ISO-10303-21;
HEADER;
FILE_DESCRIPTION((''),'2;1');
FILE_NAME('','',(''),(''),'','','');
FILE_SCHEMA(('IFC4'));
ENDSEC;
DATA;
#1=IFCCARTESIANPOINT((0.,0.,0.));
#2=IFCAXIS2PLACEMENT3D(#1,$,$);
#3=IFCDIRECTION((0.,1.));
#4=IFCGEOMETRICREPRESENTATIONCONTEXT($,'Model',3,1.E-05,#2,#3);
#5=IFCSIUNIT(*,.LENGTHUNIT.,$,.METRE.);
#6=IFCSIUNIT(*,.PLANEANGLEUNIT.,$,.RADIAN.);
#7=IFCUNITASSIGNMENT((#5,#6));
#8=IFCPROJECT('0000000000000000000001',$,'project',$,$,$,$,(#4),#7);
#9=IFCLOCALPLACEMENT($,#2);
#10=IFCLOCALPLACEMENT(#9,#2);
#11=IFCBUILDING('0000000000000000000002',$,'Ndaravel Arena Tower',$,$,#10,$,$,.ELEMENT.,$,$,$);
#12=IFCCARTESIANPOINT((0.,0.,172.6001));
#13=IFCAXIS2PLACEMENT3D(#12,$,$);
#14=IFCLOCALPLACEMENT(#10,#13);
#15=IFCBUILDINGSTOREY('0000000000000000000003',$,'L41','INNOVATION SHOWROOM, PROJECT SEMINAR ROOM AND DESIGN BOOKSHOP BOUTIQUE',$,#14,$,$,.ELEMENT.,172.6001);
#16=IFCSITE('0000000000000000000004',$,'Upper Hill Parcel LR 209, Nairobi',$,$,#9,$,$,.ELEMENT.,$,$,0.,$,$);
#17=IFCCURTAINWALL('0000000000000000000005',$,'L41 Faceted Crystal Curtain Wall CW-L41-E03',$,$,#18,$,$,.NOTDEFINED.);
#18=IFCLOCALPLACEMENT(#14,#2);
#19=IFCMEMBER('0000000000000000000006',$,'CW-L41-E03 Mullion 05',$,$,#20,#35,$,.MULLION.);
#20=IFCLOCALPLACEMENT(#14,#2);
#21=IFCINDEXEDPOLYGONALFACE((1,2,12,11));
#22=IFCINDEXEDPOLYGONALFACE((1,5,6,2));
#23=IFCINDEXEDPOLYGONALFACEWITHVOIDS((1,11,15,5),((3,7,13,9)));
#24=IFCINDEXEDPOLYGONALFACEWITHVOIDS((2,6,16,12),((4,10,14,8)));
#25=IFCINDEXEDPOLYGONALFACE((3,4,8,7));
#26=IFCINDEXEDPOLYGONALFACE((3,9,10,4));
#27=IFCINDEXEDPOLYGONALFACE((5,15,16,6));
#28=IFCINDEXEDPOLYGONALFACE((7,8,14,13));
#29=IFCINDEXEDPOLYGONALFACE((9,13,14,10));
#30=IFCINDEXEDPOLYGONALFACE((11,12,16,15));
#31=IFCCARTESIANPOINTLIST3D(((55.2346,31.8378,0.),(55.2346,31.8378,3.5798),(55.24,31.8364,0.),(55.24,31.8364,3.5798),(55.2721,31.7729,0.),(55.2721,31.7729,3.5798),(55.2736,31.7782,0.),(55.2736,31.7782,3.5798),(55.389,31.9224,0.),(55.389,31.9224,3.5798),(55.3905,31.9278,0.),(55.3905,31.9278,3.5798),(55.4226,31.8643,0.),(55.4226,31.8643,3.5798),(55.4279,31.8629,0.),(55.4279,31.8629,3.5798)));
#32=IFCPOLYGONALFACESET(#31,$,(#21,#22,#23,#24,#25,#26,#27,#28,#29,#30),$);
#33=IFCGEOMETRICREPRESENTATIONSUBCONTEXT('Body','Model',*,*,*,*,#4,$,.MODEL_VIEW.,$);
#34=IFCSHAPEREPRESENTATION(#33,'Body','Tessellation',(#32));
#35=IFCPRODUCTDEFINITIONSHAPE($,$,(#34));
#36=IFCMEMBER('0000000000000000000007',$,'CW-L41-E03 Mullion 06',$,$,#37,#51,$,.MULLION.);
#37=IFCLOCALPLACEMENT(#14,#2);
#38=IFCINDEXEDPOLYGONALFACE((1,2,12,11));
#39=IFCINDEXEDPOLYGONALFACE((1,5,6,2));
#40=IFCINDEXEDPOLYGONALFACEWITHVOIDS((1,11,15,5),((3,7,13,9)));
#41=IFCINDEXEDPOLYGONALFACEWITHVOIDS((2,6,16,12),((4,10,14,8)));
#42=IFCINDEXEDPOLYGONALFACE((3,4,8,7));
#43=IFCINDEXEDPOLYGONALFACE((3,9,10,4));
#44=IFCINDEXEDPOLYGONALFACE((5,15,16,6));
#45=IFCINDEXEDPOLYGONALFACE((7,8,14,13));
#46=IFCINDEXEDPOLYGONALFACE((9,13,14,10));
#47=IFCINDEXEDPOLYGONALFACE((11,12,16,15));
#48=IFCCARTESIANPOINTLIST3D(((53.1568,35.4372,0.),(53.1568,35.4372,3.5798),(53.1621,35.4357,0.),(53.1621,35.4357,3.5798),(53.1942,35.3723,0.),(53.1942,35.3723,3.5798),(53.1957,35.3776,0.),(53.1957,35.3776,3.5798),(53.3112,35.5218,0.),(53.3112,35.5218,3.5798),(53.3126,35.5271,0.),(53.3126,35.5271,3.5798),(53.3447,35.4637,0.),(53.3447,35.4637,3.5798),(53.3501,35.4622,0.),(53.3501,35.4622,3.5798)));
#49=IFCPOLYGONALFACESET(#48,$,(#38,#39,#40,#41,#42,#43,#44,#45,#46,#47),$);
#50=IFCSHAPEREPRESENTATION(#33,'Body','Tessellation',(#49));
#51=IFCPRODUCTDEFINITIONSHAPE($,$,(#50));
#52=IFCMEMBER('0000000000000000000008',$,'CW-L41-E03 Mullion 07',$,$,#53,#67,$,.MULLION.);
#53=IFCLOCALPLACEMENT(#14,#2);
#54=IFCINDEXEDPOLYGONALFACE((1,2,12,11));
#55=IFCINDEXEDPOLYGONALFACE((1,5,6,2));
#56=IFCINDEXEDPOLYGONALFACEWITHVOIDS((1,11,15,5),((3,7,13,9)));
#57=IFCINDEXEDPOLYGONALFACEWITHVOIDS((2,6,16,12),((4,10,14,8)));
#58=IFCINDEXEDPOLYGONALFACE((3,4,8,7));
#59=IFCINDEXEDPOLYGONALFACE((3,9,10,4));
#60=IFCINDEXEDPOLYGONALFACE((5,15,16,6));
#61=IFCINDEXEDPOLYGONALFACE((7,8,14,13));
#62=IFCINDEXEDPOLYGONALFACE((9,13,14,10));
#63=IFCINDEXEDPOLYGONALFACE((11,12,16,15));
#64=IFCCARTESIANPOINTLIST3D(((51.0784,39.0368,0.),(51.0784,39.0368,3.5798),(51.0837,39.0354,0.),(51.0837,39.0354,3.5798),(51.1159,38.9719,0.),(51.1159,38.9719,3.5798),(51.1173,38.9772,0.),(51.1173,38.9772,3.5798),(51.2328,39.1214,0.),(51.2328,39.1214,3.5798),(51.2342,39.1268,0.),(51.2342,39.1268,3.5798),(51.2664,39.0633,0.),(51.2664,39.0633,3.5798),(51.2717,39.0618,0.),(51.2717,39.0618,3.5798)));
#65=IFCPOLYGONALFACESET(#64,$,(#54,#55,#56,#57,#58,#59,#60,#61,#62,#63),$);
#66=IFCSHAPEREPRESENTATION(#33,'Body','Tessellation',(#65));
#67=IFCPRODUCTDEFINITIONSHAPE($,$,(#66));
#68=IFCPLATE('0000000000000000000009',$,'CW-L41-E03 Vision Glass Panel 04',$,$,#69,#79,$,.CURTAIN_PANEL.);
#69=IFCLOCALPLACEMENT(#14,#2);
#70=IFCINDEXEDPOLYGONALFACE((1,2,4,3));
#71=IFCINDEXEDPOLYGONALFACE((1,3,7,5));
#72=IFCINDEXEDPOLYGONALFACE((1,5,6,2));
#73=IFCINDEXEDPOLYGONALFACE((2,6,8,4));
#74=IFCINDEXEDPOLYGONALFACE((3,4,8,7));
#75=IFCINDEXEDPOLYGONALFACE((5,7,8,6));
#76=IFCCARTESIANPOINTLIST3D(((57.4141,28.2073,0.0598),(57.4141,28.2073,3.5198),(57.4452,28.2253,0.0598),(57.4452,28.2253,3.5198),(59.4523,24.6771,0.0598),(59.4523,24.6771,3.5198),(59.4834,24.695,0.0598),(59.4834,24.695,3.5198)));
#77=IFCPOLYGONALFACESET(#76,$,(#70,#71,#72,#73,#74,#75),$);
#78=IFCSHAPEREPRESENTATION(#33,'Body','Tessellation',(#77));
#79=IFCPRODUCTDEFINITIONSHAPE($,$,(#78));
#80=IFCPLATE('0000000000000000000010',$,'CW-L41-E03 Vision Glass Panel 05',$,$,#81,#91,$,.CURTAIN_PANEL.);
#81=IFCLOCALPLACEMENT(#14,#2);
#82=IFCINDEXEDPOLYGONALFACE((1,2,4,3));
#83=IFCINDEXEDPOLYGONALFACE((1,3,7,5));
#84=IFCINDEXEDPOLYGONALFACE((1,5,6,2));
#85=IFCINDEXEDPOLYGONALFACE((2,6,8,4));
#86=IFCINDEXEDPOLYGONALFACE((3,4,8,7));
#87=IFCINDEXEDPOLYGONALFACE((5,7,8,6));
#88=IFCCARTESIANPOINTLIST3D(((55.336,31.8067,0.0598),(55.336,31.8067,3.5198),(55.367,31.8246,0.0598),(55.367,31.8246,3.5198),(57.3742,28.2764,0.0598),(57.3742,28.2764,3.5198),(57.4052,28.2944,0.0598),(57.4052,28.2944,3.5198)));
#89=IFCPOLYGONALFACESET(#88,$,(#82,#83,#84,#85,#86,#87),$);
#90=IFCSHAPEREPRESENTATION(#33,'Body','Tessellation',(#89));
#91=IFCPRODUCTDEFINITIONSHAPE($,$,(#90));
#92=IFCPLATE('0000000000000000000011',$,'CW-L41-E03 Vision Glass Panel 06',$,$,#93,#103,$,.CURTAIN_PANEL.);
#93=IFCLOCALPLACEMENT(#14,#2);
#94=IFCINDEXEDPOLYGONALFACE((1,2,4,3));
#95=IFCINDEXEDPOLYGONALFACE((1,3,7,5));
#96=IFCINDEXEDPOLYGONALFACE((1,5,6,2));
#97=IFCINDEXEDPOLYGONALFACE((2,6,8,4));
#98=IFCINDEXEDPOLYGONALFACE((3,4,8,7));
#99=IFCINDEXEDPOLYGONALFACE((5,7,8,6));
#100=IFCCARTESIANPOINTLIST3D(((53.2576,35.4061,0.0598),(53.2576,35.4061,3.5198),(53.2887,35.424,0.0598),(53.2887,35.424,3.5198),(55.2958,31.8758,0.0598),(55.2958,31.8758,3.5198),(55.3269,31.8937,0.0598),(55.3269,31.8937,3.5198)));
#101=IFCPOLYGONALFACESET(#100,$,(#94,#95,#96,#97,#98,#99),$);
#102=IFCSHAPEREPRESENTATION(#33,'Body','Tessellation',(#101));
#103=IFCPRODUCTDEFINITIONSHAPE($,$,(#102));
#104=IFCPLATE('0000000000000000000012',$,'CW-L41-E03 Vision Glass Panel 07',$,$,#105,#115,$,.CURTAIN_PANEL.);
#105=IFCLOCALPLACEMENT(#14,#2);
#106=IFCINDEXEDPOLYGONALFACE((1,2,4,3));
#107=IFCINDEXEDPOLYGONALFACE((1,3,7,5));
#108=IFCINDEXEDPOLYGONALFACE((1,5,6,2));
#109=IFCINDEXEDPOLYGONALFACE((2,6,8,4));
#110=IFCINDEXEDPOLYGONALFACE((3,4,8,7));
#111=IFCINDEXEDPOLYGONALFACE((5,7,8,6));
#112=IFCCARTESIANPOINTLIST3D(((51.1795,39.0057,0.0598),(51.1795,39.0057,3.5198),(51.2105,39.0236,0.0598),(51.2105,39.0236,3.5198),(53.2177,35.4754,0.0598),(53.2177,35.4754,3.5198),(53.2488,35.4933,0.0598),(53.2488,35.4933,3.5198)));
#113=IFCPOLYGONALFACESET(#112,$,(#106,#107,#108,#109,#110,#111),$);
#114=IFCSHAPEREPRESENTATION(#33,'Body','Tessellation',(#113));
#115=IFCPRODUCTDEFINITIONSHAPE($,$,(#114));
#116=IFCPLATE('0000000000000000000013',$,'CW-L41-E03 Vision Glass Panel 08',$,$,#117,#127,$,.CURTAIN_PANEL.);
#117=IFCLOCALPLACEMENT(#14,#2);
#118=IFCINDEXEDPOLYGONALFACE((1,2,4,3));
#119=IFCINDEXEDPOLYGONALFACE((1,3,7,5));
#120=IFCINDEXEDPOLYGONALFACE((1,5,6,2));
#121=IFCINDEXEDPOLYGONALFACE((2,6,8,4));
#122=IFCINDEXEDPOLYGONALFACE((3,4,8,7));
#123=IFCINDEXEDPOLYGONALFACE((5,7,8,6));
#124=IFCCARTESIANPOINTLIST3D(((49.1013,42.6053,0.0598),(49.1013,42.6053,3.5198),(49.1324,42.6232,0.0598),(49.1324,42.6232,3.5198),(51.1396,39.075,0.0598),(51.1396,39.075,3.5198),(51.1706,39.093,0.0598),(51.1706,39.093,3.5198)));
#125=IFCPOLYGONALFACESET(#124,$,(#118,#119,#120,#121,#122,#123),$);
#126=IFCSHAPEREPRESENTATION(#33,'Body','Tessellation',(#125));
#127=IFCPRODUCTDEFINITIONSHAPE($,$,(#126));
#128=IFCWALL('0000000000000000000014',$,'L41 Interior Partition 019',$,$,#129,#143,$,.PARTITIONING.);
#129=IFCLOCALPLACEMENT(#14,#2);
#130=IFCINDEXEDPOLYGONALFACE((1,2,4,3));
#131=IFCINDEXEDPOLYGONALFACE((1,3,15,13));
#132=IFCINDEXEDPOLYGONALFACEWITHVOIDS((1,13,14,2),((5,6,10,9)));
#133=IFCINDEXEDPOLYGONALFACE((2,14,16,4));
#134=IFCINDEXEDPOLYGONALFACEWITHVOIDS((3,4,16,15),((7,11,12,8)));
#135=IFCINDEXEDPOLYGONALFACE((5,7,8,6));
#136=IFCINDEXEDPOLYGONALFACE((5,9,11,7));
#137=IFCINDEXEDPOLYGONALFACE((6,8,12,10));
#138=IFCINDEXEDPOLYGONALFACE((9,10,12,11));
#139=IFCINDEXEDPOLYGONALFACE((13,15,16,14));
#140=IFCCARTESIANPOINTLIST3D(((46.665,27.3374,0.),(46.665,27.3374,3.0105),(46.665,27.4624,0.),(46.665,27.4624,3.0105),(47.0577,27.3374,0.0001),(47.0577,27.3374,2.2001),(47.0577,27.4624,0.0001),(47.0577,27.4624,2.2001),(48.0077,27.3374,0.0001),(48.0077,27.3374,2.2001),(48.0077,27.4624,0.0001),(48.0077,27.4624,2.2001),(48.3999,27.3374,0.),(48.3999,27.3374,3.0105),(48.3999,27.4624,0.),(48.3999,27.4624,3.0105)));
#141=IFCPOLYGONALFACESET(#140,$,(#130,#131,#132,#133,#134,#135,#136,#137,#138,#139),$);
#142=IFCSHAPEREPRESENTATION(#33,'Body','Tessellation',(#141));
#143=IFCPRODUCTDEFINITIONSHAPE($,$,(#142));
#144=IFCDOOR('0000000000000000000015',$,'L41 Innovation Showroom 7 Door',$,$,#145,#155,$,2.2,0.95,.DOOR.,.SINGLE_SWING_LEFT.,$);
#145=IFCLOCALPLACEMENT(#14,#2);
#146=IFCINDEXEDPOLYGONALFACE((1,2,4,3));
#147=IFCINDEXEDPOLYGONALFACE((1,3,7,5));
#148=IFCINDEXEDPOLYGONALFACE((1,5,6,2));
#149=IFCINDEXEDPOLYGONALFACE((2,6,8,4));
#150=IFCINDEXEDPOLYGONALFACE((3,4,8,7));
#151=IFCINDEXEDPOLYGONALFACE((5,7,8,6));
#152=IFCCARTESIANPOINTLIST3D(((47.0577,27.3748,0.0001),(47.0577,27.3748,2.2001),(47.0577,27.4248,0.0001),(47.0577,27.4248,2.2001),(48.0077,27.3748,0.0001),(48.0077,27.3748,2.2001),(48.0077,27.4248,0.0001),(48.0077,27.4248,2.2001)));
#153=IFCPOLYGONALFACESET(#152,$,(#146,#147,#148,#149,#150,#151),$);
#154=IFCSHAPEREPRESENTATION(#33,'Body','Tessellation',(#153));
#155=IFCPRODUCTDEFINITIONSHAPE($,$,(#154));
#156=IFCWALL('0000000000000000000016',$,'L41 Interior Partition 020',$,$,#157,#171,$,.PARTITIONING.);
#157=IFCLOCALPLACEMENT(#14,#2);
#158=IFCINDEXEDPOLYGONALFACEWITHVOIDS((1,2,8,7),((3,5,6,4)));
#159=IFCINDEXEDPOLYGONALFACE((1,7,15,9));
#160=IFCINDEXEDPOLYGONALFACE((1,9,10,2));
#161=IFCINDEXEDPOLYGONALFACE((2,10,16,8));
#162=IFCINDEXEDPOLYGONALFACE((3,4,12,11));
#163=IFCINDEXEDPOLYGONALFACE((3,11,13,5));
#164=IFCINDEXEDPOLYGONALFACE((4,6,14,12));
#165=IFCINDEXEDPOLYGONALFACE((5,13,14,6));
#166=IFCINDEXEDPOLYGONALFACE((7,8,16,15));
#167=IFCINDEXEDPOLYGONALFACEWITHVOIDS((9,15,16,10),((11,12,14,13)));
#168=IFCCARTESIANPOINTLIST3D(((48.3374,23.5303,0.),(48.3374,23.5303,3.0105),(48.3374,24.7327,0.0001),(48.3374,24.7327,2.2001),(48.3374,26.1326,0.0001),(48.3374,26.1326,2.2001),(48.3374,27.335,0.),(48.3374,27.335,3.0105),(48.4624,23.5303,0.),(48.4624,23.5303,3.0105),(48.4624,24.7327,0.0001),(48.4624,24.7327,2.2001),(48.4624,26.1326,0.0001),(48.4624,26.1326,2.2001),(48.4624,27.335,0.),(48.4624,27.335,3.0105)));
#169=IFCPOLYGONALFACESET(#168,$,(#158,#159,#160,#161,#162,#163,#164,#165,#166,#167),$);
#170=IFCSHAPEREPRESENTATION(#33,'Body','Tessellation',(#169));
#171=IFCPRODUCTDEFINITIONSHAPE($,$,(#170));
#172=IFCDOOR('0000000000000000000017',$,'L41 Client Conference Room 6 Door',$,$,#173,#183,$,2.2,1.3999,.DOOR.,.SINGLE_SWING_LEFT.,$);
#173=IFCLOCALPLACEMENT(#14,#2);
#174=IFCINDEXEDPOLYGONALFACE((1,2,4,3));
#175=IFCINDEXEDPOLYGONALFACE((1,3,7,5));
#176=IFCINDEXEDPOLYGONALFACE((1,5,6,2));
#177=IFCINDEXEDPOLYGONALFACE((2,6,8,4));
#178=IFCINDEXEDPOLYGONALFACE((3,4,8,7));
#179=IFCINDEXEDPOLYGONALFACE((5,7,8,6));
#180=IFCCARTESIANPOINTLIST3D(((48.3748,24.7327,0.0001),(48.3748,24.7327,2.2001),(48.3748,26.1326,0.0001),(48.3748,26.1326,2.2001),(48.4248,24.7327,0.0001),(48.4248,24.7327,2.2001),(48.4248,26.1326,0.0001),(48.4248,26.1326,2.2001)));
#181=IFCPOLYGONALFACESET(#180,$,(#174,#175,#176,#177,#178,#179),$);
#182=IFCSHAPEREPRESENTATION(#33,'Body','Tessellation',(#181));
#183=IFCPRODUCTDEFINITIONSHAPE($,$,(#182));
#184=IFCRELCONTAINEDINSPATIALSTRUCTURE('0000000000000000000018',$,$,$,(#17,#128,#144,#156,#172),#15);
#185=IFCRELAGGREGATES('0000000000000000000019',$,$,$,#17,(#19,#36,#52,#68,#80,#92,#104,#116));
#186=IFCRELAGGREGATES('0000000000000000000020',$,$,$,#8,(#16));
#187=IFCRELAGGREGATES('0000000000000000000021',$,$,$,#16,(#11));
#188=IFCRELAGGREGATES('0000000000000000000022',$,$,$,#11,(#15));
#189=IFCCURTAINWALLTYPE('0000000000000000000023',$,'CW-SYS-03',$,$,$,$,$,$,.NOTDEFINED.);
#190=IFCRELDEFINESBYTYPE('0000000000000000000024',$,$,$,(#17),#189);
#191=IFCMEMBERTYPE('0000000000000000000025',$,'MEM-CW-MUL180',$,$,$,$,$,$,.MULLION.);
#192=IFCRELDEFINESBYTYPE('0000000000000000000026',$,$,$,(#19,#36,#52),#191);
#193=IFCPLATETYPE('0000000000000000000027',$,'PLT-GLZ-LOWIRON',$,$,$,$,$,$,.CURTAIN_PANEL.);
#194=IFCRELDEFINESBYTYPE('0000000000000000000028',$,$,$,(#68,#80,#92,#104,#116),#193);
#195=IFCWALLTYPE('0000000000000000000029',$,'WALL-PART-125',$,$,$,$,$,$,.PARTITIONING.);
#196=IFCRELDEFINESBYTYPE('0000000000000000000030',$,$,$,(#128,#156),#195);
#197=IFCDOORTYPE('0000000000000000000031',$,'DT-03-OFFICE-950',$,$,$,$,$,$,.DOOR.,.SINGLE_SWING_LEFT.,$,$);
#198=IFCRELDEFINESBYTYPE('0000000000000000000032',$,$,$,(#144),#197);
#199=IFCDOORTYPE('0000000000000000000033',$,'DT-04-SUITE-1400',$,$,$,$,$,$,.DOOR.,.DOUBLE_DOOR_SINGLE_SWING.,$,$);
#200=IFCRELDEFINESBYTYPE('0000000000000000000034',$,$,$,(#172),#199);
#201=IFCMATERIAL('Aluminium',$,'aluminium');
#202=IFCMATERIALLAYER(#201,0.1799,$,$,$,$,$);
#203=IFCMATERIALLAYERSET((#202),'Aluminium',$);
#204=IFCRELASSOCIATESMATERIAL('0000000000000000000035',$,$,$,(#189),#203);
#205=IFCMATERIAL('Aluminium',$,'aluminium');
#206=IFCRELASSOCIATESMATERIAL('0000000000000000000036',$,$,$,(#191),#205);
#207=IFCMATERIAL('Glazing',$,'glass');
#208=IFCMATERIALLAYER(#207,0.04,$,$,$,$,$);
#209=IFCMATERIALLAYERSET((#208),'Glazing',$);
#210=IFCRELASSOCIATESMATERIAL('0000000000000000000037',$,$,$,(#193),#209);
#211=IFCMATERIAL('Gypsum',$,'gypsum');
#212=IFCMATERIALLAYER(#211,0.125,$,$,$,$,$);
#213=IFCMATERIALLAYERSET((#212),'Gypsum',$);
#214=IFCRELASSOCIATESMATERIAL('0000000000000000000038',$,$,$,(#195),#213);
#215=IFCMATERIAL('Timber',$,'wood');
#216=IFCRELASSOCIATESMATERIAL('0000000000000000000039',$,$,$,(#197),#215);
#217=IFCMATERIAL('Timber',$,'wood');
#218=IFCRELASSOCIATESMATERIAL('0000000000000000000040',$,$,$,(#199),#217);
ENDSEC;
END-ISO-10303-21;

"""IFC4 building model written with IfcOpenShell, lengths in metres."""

from ifc_helpers import new_model, si_unit, direction, frame, frame_2d, origin, origin_2d, place, context, subcontext, project, spatial, rectangle, hollow_rectangle, extrude, material, layer, layer_set, material_profile, profile_set, type_object, element, fill, aggregate, save


model = new_model("IFC4")

# Units and contexts
model_context = context("Model", 3, precision=1e-05, world=origin(), true_north=direction((0.0, 1.0)))
body_context = subcontext(model_context, "Body", "Model", "MODEL_VIEW")
ifc_project = project(units=[si_unit("LENGTHUNIT", "METRE"), si_unit("PLANEANGLEUNIT", "RADIAN")], contexts=[model_context])

# Site, building, storey
site_placement = place(None, origin())
site = spatial("IfcSite", under=ifc_project, at=site_placement, Name="Upper Hill Parcel LR 209, Nairobi", CompositionType="ELEMENT", RefElevation=0.0)
building_placement = place(site_placement, origin())
building = spatial("IfcBuilding", under=site, at=building_placement, Name="Ndaravel Arena Tower", CompositionType="ELEMENT")
storey_placement = place(building_placement, frame((0.0, 0.0, 172.6001)))
storey = spatial("IfcBuildingStorey", under=building, at=storey_placement, Name="L41", Description="INNOVATION SHOWROOM, PROJECT SEMINAR ROOM AND DESIGN BOOKSHOP BOUTIQUE", CompositionType="ELEMENT", Elevation=172.6001)

# Curtain wall, members, plates
ifc_material_1 = material(Name="Aluminium", Category="aluminium")
ifc_layer_1 = layer(ifc_material_1, 0.1799)
ifc_layer_set_1 = layer_set([ifc_layer_1], Name="Aluminium")
curtain_wall_type = type_object("IfcCurtainWallType", Name="CW-SYS-03", PredefinedType="NOTDEFINED", material=ifc_layer_set_1)
curtain_wall_placement = place(storey_placement, origin())
curtain_wall = element("IfcCurtainWall", 1, at=curtain_wall_placement, inside=storey, type_object=curtain_wall_type, Name="L41 Faceted Crystal Curtain Wall CW-L41-E03", PredefinedType="NOTDEFINED")
ifc_material_2 = material(Name="Aluminium", Category="aluminium")
ifc_material_profile_1 = material_profile(ifc_material_2, hollow_rectangle(XDim=0.075, YDim=0.1799, WallThickness=0.0039, at=origin_2d()), Name="CW MULLION 75x180x4")
ifc_profile_set_1 = profile_set([ifc_material_profile_1], Name="Aluminium")
member_type = type_object("IfcMemberType", Name="MEM-CW-MUL180", PredefinedType="MULLION", material=ifc_profile_set_1)
member_1_placement = place(storey_placement, frame((55.3313, 31.8503, 0.0), z_axis=(0.0, 0.0, 1.0), x_axis=(-0.5, 0.866025, 0.0)))
member_1 = element("IfcMember", 2, at=member_1_placement, type_object=member_type, Name="CW-L41-E03 Mullion 05", PredefinedType="MULLION", context=body_context, shape_type="SweptSolid", body=[
    extrude(hollow_rectangle(XDim=0.075, YDim=0.1799, WallThickness=0.0039, at=origin_2d()), origin(), (0.0, 0.0, 1.0), 3.5798),
])
member_2_placement = place(storey_placement, frame((53.2534, 35.4497, 0.0), z_axis=(0.0, 0.0, 1.0), x_axis=(-0.5, 0.866025, 0.0)))
member_2 = element("IfcMember", 3, at=member_2_placement, type_object=member_type, Name="CW-L41-E03 Mullion 06", PredefinedType="MULLION", context=body_context, shape_type="SweptSolid", body=[
    extrude(hollow_rectangle(XDim=0.075, YDim=0.1799, WallThickness=0.0039, at=origin_2d()), origin(), (0.0, 0.0, 1.0), 3.5798),
])
member_3_placement = place(storey_placement, frame((51.175, 39.0493, 0.0), z_axis=(0.0, 0.0, 1.0), x_axis=(-0.5, 0.866025, 0.0)))
member_3 = element("IfcMember", 4, at=member_3_placement, type_object=member_type, Name="CW-L41-E03 Mullion 07", PredefinedType="MULLION", context=body_context, shape_type="SweptSolid", body=[
    extrude(hollow_rectangle(XDim=0.075, YDim=0.1799, WallThickness=0.0039, at=origin_2d()), origin(), (0.0, 0.0, 1.0), 3.5798),
])
ifc_material_3 = material(Name="Glazing", Category="glass")
ifc_layer_2 = layer(ifc_material_3, 0.04)
ifc_layer_set_2 = layer_set([ifc_layer_2], Name="Glazing")
plate_type = type_object("IfcPlateType", Name="PLT-GLZ-LOWIRON", PredefinedType="CURTAIN_PANEL", material=ifc_layer_set_2)
plate_1_placement = place(storey_placement, frame((58.4487, 26.4512, 0.0598), z_axis=(0.0, 0.0, 1.0), x_axis=(-0.5, 0.866025, 0.0)))
plate_1 = element("IfcPlate", 5, at=plate_1_placement, type_object=plate_type, Name="CW-L41-E03 Vision Glass Panel 04", PredefinedType="CURTAIN_PANEL", context=body_context, shape_type="SweptSolid", body=[
    extrude(rectangle(XDim=4.0764, YDim=0.0359, at=origin_2d()), origin(), (0.0, 0.0, 1.0), 3.46),
])
plate_2_placement = place(storey_placement, frame((56.3706, 30.0505, 0.0598), z_axis=(0.0, 0.0, 1.0), x_axis=(-0.5, 0.866025, 0.0)))
plate_2 = element("IfcPlate", 6, at=plate_2_placement, type_object=plate_type, Name="CW-L41-E03 Vision Glass Panel 05", PredefinedType="CURTAIN_PANEL", context=body_context, shape_type="SweptSolid", body=[
    extrude(rectangle(XDim=4.0764, YDim=0.0359, at=origin_2d()), origin(), (0.0, 0.0, 1.0), 3.46),
])
plate_3_placement = place(storey_placement, frame((54.2922, 33.6499, 0.0598), z_axis=(0.0, 0.0, 1.0), x_axis=(-0.5, 0.866025, 0.0)))
plate_3 = element("IfcPlate", 7, at=plate_3_placement, type_object=plate_type, Name="CW-L41-E03 Vision Glass Panel 06", PredefinedType="CURTAIN_PANEL", context=body_context, shape_type="SweptSolid", body=[
    extrude(rectangle(XDim=4.0764, YDim=0.0359, at=origin_2d()), origin(), (0.0, 0.0, 1.0), 3.46),
])
plate_4_placement = place(storey_placement, frame((52.2141, 37.2495, 0.0598), z_axis=(0.0, 0.0, 1.0), x_axis=(-0.5, 0.866025, 0.0)))
plate_4 = element("IfcPlate", 8, at=plate_4_placement, type_object=plate_type, Name="CW-L41-E03 Vision Glass Panel 07", PredefinedType="CURTAIN_PANEL", context=body_context, shape_type="SweptSolid", body=[
    extrude(rectangle(XDim=4.0764, YDim=0.0359, at=origin_2d()), origin(), (0.0, 0.0, 1.0), 3.46),
])
plate_5_placement = place(storey_placement, frame((50.136, 40.8491, 0.0598), z_axis=(0.0, 0.0, 1.0), x_axis=(-0.5, 0.866025, 0.0)))
plate_5 = element("IfcPlate", 9, at=plate_5_placement, type_object=plate_type, Name="CW-L41-E03 Vision Glass Panel 08", PredefinedType="CURTAIN_PANEL", context=body_context, shape_type="SweptSolid", body=[
    extrude(rectangle(XDim=4.0764, YDim=0.0359, at=origin_2d()), origin(), (0.0, 0.0, 1.0), 3.46),
])
aggregate(curtain_wall, [member_1, member_2, member_3, plate_1, plate_2, plate_3, plate_4, plate_5])

# Walls, openings, doors
ifc_material_4 = material(Name="Gypsum", Category="gypsum")
ifc_layer_3 = layer(ifc_material_4, 0.125)
ifc_layer_set_3 = layer_set([ifc_layer_3], Name="Gypsum")
wall_type_1 = type_object("IfcWallType", Name="WALL-PART-125", PredefinedType="PARTITIONING", material=ifc_layer_set_3)
wall_1_placement = place(storey_placement, frame((46.665, 27.3999, 0.0), z_axis=(0.0, 0.0, 1.0), x_axis=(1.0, 0.0, 0.0)))
wall_1 = element("IfcWall", 10, at=wall_1_placement, inside=storey, type_object=wall_type_1, Name="L41 Interior Partition 019", PredefinedType="PARTITIONING", context=body_context, shape_type="SweptSolid", body=[
    extrude(rectangle(XDim=1.7349, YDim=0.125, at=frame_2d((0.8674, 0.0))), origin(), (0.0, 0.0, 1.0), 3.0105),
])
opening_1_placement = place(wall_1_placement, frame((0.3926, 0.0, 0.0)))
opening_1 = element("IfcOpeningElement", 11, at=opening_1_placement, cuts=wall_1, PredefinedType="OPENING", context=body_context, shape_type="SweptSolid", body=[
    extrude(rectangle(XDim=0.95, YDim=2.2, at=frame_2d((0.4751, 1.1001))), frame((0.0, 0.0625, 0.0), z_axis=(0.0, -1.0, 0.0), x_axis=(1.0, 0.0, 0.0)), (0.0, 0.0, 1.0), 0.125),
])
ifc_material_5 = material(Name="Timber", Category="wood")
door_type_1 = type_object("IfcDoorType", Name="DT-03-OFFICE-950", OperationType="SINGLE_SWING_LEFT", PredefinedType="DOOR", material=ifc_material_5)
door_1_placement = place(opening_1_placement, origin())
door_1 = element("IfcDoor", 12, at=door_1_placement, inside=storey, type_object=door_type_1, Name="L41 Innovation Showroom 7 Door", OperationType="SINGLE_SWING_LEFT", OverallHeight=2.2, OverallWidth=0.95, PredefinedType="DOOR", context=body_context, shape_type="SweptSolid", body=[
    extrude(rectangle(XDim=0.95, YDim=2.2, at=frame_2d((0.4751, 1.1001))), frame((0.0, 0.0249, 0.0), z_axis=(0.0, -1.0, 0.0), x_axis=(1.0, 0.0, 0.0)), (0.0, 0.0, 1.0), 0.05),
])
fill(opening_1, door_1)
wall_2_placement = place(storey_placement, frame((48.3999, 27.335, 0.0), z_axis=(0.0, 0.0, 1.0), x_axis=(0.0, -1.0, 0.0)))
wall_2 = element("IfcWall", 13, at=wall_2_placement, inside=storey, type_object=wall_type_1, Name="L41 Interior Partition 020", PredefinedType="PARTITIONING", context=body_context, shape_type="SweptSolid", body=[
    extrude(rectangle(XDim=3.8047, YDim=0.125, at=frame_2d((1.9023, 0.0))), origin(), (0.0, 0.0, 1.0), 3.0105),
])
opening_2_placement = place(wall_2_placement, frame((1.2024, 0.0, 0.0)))
opening_2 = element("IfcOpeningElement", 14, at=opening_2_placement, cuts=wall_2, PredefinedType="OPENING", context=body_context, shape_type="SweptSolid", body=[
    extrude(rectangle(XDim=1.3999, YDim=2.2, at=frame_2d((0.7, 1.1001))), frame((0.0, 0.0625, 0.0), z_axis=(0.0, -1.0, 0.0), x_axis=(1.0, 0.0, 0.0)), (0.0, 0.0, 1.0), 0.125),
])
ifc_material_6 = material(Name="Timber", Category="wood")
door_type_2 = type_object("IfcDoorType", Name="DT-04-SUITE-1400", OperationType="DOUBLE_DOOR_SINGLE_SWING", PredefinedType="DOOR", material=ifc_material_6)
door_2_placement = place(opening_2_placement, origin())
door_2 = element("IfcDoor", 15, at=door_2_placement, inside=storey, type_object=door_type_2, Name="L41 Client Conference Room 6 Door", OperationType="SINGLE_SWING_LEFT", OverallHeight=2.2, OverallWidth=1.3999, PredefinedType="DOOR", context=body_context, shape_type="SweptSolid", body=[
    extrude(rectangle(XDim=1.3999, YDim=2.2, at=frame_2d((0.7, 1.1001))), frame((0.0, 0.0249, 0.0), z_axis=(0.0, -1.0, 0.0), x_axis=(1.0, 0.0, 0.0)), (0.0, 0.0, 1.0), 0.05),
])
fill(opening_2, door_2)

save(model, "model.ifc")
